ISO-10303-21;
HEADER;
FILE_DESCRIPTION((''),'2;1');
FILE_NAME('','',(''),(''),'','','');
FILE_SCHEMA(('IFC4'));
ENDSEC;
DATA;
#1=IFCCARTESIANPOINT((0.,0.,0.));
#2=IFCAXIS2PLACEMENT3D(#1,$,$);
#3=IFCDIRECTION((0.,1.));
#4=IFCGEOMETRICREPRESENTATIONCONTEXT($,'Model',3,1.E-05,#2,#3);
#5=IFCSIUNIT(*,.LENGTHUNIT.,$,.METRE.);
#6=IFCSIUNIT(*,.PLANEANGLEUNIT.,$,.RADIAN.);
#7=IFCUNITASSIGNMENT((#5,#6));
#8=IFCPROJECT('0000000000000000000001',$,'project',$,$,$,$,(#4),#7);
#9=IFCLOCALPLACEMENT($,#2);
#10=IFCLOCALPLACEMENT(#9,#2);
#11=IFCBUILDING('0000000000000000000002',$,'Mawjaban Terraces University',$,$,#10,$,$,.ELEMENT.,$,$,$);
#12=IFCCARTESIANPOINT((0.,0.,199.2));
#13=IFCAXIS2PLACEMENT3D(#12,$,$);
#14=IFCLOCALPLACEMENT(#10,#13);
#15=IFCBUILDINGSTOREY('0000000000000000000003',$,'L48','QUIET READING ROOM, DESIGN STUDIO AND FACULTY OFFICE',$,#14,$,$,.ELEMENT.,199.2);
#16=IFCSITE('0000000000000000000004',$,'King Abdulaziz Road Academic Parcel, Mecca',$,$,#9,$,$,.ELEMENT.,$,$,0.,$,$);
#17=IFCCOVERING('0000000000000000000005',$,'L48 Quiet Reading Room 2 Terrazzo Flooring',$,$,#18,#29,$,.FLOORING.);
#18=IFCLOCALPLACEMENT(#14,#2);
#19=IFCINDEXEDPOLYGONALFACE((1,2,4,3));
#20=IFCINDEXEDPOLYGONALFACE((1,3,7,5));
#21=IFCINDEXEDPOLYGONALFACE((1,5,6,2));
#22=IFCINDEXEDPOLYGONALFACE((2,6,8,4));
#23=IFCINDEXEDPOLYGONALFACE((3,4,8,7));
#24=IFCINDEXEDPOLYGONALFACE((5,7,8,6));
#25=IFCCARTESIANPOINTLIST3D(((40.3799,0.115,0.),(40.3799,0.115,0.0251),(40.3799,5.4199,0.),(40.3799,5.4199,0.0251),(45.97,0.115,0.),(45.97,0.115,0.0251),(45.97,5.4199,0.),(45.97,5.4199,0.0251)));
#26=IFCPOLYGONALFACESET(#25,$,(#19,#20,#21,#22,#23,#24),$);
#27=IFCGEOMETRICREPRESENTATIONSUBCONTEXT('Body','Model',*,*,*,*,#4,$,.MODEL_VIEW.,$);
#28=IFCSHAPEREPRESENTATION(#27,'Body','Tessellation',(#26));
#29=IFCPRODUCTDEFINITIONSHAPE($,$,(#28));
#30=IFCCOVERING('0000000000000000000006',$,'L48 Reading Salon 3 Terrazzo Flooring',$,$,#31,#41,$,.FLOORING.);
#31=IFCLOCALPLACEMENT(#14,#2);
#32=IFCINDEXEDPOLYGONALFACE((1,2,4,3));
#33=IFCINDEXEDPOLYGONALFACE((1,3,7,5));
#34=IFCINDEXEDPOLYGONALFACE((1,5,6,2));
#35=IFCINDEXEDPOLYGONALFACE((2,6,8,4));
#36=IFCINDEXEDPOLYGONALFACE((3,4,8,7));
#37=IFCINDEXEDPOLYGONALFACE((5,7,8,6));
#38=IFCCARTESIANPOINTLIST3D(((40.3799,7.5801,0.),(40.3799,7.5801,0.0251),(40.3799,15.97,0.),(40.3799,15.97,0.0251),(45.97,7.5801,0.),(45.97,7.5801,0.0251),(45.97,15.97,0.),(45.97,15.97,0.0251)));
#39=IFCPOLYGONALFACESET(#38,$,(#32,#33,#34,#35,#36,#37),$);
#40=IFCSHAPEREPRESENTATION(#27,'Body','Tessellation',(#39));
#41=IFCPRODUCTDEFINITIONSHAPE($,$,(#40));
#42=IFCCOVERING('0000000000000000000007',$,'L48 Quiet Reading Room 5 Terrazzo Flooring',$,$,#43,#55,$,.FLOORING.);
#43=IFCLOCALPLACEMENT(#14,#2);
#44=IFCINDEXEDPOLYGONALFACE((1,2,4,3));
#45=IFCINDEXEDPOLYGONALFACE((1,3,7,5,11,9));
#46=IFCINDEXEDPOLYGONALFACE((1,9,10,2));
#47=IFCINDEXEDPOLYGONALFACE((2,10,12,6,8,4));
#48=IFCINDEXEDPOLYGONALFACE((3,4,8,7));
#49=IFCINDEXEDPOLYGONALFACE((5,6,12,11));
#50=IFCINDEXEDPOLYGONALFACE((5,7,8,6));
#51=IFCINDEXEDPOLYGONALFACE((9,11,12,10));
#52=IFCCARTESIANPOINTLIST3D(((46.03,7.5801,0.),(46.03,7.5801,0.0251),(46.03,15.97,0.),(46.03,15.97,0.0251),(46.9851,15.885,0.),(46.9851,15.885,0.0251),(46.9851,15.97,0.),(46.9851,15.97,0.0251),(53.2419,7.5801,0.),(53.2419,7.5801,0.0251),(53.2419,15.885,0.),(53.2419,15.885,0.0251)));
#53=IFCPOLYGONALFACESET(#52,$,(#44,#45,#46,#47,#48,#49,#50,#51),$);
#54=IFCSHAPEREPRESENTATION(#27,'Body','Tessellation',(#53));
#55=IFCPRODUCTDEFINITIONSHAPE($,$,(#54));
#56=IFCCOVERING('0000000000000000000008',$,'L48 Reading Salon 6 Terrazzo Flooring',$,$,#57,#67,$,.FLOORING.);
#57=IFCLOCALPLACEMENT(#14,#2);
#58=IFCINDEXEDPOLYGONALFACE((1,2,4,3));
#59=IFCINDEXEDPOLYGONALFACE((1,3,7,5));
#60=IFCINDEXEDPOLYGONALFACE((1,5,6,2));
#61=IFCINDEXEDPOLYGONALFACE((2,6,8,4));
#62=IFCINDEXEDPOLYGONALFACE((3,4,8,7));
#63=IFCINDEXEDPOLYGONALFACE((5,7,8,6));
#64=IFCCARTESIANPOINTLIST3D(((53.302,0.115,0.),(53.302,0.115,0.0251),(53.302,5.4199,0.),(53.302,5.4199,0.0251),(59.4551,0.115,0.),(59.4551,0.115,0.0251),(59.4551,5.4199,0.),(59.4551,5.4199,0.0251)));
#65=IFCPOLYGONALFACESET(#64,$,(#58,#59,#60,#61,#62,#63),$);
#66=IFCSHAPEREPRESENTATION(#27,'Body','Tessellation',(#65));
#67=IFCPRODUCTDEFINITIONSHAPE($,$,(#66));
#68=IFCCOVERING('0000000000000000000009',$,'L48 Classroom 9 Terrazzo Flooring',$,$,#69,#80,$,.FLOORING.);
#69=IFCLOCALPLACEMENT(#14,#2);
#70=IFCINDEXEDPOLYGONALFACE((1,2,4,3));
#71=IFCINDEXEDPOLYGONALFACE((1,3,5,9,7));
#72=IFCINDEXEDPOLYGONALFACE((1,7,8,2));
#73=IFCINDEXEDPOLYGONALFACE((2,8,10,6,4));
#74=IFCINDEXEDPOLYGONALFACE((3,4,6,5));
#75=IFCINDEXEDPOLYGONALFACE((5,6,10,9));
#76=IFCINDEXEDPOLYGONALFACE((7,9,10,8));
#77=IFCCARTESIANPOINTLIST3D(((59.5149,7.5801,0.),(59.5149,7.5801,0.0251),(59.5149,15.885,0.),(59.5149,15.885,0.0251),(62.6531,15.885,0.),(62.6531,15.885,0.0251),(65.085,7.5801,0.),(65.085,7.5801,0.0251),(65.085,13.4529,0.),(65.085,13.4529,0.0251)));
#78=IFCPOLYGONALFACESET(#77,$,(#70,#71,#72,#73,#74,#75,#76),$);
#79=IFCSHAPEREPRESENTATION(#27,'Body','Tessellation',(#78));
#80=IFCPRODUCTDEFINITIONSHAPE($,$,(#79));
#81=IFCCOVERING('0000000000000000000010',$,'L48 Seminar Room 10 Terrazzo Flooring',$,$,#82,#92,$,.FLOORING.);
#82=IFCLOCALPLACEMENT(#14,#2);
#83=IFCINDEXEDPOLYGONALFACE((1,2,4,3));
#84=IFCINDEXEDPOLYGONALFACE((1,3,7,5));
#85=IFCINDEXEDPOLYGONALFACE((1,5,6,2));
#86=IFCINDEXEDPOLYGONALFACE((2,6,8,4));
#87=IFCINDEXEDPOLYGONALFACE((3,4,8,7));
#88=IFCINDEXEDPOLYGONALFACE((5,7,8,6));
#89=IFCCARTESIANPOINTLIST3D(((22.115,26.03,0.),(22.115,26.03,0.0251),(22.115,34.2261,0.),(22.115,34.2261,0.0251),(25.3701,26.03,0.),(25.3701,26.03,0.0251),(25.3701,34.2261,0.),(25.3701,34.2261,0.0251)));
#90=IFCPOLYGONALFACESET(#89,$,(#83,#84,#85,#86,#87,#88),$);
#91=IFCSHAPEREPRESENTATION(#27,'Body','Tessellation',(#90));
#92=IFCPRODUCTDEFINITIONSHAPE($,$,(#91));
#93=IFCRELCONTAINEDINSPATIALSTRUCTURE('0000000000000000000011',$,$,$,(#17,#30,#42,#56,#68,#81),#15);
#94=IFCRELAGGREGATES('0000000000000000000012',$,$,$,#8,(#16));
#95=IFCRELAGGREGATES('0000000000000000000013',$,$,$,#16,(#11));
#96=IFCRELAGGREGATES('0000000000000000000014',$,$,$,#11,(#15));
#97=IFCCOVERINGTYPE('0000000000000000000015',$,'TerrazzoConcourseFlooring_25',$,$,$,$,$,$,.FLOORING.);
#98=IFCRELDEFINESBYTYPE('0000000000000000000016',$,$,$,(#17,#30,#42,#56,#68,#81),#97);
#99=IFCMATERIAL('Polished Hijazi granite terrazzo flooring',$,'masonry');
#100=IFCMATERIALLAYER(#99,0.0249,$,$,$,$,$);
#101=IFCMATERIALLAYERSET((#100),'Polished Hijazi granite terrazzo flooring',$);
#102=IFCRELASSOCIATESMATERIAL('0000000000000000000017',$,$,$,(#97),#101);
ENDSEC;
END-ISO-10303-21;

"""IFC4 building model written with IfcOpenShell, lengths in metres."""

from ifc_helpers import new_model, si_unit, direction, frame, origin, place, context, subcontext, project, spatial, polyline, outline, extrude, material, layer, layer_set, type_object, element, save


model = new_model("IFC4")

# Units and contexts
model_context = context("Model", 3, precision=1e-05, world=origin(), true_north=direction((0.0, 1.0)))
body_context = subcontext(model_context, "Body", "Model", "MODEL_VIEW")
ifc_project = project(units=[si_unit("LENGTHUNIT", "METRE"), si_unit("PLANEANGLEUNIT", "RADIAN")], contexts=[model_context])

# Site, building, storey
site_placement = place(None, origin())
site = spatial("IfcSite", under=ifc_project, at=site_placement, Name="King Abdulaziz Road Academic Parcel, Mecca", CompositionType="ELEMENT", RefElevation=0.0)
building_placement = place(site_placement, origin())
building = spatial("IfcBuilding", under=site, at=building_placement, Name="Mawjaban Terraces University", CompositionType="ELEMENT")
storey_placement = place(building_placement, frame((0.0, 0.0, 199.2)))
storey = spatial("IfcBuildingStorey", under=building, at=storey_placement, Name="L48", Description="QUIET READING ROOM, DESIGN STUDIO AND FACULTY OFFICE", CompositionType="ELEMENT", Elevation=199.2)

# Coverings
ifc_material_1 = material(Name="Polished Hijazi granite terrazzo flooring", Category="masonry")
ifc_layer_1 = layer(ifc_material_1, 0.0249)
ifc_layer_set_1 = layer_set([ifc_layer_1], Name="Polished Hijazi granite terrazzo flooring")
covering_type_1 = type_object("IfcCoveringType", Name="TerrazzoConcourseFlooring_25", PredefinedType="FLOORING", material=ifc_layer_set_1)
covering_1_placement = place(storey_placement, origin())
element("IfcCovering", 1, at=covering_1_placement, inside=storey, type_object=covering_type_1, Name="L48 Quiet Reading Room 2 Terrazzo Flooring", PredefinedType="FLOORING", context=body_context, shape_type="SweptSolid", body=[
    extrude(outline(polyline([(40.3799, 0.115), (45.97, 0.115), (45.97, 5.4199), (40.3799, 5.4199), (40.3799, 0.115)])), origin(), (0.0, 0.0, 1.0), 0.0251),
])
covering_2_placement = place(storey_placement, origin())
element("IfcCovering", 2, at=covering_2_placement, inside=storey, type_object=covering_type_1, Name="L48 Reading Salon 3 Terrazzo Flooring", PredefinedType="FLOORING", context=body_context, shape_type="SweptSolid", body=[
    extrude(outline(polyline([(45.97, 7.5801), (45.97, 15.97), (40.3799, 15.97), (40.3799, 7.5801), (45.97, 7.5801)])), origin(), (0.0, 0.0, 1.0), 0.0251),
])
covering_3_placement = place(storey_placement, origin())
element("IfcCovering", 3, at=covering_3_placement, inside=storey, type_object=covering_type_1, Name="L48 Quiet Reading Room 5 Terrazzo Flooring", PredefinedType="FLOORING", context=body_context, shape_type="SweptSolid", body=[
    extrude(outline(polyline([(53.2419, 15.885), (46.9851, 15.885), (46.9851, 15.97), (46.03, 15.97), (46.03, 7.5801), (53.2419, 7.5801), (53.2419, 15.885)])), origin(), (0.0, 0.0, 1.0), 0.0251),
])
covering_4_placement = place(storey_placement, origin())
element("IfcCovering", 4, at=covering_4_placement, inside=storey, type_object=covering_type_1, Name="L48 Reading Salon 6 Terrazzo Flooring", PredefinedType="FLOORING", context=body_context, shape_type="SweptSolid", body=[
    extrude(outline(polyline([(53.302, 0.115), (59.4551, 0.115), (59.4551, 5.4199), (53.302, 5.4199), (53.302, 0.115)])), origin(), (0.0, 0.0, 1.0), 0.0251),
])
covering_5_placement = place(storey_placement, origin())
element("IfcCovering", 5, at=covering_5_placement, inside=storey, type_object=covering_type_1, Name="L48 Classroom 9 Terrazzo Flooring", PredefinedType="FLOORING", context=body_context, shape_type="SweptSolid", body=[
    extrude(outline(polyline([(65.085, 7.5801), (65.085, 13.4529), (62.6531, 15.885), (59.5149, 15.885), (59.5149, 7.5801), (65.085, 7.5801)])), origin(), (0.0, 0.0, 1.0), 0.0251),
])
covering_6_placement = place(storey_placement, origin())
element("IfcCovering", 6, at=covering_6_placement, inside=storey, type_object=covering_type_1, Name="L48 Seminar Room 10 Terrazzo Flooring", PredefinedType="FLOORING", context=body_context, shape_type="SweptSolid", body=[
    extrude(outline(polyline([(22.115, 34.2261), (22.115, 26.03), (25.3701, 26.03), (25.3701, 34.2261), (22.115, 34.2261)])), origin(), (0.0, 0.0, 1.0), 0.0251),
])

save(model, "model.ifc")
